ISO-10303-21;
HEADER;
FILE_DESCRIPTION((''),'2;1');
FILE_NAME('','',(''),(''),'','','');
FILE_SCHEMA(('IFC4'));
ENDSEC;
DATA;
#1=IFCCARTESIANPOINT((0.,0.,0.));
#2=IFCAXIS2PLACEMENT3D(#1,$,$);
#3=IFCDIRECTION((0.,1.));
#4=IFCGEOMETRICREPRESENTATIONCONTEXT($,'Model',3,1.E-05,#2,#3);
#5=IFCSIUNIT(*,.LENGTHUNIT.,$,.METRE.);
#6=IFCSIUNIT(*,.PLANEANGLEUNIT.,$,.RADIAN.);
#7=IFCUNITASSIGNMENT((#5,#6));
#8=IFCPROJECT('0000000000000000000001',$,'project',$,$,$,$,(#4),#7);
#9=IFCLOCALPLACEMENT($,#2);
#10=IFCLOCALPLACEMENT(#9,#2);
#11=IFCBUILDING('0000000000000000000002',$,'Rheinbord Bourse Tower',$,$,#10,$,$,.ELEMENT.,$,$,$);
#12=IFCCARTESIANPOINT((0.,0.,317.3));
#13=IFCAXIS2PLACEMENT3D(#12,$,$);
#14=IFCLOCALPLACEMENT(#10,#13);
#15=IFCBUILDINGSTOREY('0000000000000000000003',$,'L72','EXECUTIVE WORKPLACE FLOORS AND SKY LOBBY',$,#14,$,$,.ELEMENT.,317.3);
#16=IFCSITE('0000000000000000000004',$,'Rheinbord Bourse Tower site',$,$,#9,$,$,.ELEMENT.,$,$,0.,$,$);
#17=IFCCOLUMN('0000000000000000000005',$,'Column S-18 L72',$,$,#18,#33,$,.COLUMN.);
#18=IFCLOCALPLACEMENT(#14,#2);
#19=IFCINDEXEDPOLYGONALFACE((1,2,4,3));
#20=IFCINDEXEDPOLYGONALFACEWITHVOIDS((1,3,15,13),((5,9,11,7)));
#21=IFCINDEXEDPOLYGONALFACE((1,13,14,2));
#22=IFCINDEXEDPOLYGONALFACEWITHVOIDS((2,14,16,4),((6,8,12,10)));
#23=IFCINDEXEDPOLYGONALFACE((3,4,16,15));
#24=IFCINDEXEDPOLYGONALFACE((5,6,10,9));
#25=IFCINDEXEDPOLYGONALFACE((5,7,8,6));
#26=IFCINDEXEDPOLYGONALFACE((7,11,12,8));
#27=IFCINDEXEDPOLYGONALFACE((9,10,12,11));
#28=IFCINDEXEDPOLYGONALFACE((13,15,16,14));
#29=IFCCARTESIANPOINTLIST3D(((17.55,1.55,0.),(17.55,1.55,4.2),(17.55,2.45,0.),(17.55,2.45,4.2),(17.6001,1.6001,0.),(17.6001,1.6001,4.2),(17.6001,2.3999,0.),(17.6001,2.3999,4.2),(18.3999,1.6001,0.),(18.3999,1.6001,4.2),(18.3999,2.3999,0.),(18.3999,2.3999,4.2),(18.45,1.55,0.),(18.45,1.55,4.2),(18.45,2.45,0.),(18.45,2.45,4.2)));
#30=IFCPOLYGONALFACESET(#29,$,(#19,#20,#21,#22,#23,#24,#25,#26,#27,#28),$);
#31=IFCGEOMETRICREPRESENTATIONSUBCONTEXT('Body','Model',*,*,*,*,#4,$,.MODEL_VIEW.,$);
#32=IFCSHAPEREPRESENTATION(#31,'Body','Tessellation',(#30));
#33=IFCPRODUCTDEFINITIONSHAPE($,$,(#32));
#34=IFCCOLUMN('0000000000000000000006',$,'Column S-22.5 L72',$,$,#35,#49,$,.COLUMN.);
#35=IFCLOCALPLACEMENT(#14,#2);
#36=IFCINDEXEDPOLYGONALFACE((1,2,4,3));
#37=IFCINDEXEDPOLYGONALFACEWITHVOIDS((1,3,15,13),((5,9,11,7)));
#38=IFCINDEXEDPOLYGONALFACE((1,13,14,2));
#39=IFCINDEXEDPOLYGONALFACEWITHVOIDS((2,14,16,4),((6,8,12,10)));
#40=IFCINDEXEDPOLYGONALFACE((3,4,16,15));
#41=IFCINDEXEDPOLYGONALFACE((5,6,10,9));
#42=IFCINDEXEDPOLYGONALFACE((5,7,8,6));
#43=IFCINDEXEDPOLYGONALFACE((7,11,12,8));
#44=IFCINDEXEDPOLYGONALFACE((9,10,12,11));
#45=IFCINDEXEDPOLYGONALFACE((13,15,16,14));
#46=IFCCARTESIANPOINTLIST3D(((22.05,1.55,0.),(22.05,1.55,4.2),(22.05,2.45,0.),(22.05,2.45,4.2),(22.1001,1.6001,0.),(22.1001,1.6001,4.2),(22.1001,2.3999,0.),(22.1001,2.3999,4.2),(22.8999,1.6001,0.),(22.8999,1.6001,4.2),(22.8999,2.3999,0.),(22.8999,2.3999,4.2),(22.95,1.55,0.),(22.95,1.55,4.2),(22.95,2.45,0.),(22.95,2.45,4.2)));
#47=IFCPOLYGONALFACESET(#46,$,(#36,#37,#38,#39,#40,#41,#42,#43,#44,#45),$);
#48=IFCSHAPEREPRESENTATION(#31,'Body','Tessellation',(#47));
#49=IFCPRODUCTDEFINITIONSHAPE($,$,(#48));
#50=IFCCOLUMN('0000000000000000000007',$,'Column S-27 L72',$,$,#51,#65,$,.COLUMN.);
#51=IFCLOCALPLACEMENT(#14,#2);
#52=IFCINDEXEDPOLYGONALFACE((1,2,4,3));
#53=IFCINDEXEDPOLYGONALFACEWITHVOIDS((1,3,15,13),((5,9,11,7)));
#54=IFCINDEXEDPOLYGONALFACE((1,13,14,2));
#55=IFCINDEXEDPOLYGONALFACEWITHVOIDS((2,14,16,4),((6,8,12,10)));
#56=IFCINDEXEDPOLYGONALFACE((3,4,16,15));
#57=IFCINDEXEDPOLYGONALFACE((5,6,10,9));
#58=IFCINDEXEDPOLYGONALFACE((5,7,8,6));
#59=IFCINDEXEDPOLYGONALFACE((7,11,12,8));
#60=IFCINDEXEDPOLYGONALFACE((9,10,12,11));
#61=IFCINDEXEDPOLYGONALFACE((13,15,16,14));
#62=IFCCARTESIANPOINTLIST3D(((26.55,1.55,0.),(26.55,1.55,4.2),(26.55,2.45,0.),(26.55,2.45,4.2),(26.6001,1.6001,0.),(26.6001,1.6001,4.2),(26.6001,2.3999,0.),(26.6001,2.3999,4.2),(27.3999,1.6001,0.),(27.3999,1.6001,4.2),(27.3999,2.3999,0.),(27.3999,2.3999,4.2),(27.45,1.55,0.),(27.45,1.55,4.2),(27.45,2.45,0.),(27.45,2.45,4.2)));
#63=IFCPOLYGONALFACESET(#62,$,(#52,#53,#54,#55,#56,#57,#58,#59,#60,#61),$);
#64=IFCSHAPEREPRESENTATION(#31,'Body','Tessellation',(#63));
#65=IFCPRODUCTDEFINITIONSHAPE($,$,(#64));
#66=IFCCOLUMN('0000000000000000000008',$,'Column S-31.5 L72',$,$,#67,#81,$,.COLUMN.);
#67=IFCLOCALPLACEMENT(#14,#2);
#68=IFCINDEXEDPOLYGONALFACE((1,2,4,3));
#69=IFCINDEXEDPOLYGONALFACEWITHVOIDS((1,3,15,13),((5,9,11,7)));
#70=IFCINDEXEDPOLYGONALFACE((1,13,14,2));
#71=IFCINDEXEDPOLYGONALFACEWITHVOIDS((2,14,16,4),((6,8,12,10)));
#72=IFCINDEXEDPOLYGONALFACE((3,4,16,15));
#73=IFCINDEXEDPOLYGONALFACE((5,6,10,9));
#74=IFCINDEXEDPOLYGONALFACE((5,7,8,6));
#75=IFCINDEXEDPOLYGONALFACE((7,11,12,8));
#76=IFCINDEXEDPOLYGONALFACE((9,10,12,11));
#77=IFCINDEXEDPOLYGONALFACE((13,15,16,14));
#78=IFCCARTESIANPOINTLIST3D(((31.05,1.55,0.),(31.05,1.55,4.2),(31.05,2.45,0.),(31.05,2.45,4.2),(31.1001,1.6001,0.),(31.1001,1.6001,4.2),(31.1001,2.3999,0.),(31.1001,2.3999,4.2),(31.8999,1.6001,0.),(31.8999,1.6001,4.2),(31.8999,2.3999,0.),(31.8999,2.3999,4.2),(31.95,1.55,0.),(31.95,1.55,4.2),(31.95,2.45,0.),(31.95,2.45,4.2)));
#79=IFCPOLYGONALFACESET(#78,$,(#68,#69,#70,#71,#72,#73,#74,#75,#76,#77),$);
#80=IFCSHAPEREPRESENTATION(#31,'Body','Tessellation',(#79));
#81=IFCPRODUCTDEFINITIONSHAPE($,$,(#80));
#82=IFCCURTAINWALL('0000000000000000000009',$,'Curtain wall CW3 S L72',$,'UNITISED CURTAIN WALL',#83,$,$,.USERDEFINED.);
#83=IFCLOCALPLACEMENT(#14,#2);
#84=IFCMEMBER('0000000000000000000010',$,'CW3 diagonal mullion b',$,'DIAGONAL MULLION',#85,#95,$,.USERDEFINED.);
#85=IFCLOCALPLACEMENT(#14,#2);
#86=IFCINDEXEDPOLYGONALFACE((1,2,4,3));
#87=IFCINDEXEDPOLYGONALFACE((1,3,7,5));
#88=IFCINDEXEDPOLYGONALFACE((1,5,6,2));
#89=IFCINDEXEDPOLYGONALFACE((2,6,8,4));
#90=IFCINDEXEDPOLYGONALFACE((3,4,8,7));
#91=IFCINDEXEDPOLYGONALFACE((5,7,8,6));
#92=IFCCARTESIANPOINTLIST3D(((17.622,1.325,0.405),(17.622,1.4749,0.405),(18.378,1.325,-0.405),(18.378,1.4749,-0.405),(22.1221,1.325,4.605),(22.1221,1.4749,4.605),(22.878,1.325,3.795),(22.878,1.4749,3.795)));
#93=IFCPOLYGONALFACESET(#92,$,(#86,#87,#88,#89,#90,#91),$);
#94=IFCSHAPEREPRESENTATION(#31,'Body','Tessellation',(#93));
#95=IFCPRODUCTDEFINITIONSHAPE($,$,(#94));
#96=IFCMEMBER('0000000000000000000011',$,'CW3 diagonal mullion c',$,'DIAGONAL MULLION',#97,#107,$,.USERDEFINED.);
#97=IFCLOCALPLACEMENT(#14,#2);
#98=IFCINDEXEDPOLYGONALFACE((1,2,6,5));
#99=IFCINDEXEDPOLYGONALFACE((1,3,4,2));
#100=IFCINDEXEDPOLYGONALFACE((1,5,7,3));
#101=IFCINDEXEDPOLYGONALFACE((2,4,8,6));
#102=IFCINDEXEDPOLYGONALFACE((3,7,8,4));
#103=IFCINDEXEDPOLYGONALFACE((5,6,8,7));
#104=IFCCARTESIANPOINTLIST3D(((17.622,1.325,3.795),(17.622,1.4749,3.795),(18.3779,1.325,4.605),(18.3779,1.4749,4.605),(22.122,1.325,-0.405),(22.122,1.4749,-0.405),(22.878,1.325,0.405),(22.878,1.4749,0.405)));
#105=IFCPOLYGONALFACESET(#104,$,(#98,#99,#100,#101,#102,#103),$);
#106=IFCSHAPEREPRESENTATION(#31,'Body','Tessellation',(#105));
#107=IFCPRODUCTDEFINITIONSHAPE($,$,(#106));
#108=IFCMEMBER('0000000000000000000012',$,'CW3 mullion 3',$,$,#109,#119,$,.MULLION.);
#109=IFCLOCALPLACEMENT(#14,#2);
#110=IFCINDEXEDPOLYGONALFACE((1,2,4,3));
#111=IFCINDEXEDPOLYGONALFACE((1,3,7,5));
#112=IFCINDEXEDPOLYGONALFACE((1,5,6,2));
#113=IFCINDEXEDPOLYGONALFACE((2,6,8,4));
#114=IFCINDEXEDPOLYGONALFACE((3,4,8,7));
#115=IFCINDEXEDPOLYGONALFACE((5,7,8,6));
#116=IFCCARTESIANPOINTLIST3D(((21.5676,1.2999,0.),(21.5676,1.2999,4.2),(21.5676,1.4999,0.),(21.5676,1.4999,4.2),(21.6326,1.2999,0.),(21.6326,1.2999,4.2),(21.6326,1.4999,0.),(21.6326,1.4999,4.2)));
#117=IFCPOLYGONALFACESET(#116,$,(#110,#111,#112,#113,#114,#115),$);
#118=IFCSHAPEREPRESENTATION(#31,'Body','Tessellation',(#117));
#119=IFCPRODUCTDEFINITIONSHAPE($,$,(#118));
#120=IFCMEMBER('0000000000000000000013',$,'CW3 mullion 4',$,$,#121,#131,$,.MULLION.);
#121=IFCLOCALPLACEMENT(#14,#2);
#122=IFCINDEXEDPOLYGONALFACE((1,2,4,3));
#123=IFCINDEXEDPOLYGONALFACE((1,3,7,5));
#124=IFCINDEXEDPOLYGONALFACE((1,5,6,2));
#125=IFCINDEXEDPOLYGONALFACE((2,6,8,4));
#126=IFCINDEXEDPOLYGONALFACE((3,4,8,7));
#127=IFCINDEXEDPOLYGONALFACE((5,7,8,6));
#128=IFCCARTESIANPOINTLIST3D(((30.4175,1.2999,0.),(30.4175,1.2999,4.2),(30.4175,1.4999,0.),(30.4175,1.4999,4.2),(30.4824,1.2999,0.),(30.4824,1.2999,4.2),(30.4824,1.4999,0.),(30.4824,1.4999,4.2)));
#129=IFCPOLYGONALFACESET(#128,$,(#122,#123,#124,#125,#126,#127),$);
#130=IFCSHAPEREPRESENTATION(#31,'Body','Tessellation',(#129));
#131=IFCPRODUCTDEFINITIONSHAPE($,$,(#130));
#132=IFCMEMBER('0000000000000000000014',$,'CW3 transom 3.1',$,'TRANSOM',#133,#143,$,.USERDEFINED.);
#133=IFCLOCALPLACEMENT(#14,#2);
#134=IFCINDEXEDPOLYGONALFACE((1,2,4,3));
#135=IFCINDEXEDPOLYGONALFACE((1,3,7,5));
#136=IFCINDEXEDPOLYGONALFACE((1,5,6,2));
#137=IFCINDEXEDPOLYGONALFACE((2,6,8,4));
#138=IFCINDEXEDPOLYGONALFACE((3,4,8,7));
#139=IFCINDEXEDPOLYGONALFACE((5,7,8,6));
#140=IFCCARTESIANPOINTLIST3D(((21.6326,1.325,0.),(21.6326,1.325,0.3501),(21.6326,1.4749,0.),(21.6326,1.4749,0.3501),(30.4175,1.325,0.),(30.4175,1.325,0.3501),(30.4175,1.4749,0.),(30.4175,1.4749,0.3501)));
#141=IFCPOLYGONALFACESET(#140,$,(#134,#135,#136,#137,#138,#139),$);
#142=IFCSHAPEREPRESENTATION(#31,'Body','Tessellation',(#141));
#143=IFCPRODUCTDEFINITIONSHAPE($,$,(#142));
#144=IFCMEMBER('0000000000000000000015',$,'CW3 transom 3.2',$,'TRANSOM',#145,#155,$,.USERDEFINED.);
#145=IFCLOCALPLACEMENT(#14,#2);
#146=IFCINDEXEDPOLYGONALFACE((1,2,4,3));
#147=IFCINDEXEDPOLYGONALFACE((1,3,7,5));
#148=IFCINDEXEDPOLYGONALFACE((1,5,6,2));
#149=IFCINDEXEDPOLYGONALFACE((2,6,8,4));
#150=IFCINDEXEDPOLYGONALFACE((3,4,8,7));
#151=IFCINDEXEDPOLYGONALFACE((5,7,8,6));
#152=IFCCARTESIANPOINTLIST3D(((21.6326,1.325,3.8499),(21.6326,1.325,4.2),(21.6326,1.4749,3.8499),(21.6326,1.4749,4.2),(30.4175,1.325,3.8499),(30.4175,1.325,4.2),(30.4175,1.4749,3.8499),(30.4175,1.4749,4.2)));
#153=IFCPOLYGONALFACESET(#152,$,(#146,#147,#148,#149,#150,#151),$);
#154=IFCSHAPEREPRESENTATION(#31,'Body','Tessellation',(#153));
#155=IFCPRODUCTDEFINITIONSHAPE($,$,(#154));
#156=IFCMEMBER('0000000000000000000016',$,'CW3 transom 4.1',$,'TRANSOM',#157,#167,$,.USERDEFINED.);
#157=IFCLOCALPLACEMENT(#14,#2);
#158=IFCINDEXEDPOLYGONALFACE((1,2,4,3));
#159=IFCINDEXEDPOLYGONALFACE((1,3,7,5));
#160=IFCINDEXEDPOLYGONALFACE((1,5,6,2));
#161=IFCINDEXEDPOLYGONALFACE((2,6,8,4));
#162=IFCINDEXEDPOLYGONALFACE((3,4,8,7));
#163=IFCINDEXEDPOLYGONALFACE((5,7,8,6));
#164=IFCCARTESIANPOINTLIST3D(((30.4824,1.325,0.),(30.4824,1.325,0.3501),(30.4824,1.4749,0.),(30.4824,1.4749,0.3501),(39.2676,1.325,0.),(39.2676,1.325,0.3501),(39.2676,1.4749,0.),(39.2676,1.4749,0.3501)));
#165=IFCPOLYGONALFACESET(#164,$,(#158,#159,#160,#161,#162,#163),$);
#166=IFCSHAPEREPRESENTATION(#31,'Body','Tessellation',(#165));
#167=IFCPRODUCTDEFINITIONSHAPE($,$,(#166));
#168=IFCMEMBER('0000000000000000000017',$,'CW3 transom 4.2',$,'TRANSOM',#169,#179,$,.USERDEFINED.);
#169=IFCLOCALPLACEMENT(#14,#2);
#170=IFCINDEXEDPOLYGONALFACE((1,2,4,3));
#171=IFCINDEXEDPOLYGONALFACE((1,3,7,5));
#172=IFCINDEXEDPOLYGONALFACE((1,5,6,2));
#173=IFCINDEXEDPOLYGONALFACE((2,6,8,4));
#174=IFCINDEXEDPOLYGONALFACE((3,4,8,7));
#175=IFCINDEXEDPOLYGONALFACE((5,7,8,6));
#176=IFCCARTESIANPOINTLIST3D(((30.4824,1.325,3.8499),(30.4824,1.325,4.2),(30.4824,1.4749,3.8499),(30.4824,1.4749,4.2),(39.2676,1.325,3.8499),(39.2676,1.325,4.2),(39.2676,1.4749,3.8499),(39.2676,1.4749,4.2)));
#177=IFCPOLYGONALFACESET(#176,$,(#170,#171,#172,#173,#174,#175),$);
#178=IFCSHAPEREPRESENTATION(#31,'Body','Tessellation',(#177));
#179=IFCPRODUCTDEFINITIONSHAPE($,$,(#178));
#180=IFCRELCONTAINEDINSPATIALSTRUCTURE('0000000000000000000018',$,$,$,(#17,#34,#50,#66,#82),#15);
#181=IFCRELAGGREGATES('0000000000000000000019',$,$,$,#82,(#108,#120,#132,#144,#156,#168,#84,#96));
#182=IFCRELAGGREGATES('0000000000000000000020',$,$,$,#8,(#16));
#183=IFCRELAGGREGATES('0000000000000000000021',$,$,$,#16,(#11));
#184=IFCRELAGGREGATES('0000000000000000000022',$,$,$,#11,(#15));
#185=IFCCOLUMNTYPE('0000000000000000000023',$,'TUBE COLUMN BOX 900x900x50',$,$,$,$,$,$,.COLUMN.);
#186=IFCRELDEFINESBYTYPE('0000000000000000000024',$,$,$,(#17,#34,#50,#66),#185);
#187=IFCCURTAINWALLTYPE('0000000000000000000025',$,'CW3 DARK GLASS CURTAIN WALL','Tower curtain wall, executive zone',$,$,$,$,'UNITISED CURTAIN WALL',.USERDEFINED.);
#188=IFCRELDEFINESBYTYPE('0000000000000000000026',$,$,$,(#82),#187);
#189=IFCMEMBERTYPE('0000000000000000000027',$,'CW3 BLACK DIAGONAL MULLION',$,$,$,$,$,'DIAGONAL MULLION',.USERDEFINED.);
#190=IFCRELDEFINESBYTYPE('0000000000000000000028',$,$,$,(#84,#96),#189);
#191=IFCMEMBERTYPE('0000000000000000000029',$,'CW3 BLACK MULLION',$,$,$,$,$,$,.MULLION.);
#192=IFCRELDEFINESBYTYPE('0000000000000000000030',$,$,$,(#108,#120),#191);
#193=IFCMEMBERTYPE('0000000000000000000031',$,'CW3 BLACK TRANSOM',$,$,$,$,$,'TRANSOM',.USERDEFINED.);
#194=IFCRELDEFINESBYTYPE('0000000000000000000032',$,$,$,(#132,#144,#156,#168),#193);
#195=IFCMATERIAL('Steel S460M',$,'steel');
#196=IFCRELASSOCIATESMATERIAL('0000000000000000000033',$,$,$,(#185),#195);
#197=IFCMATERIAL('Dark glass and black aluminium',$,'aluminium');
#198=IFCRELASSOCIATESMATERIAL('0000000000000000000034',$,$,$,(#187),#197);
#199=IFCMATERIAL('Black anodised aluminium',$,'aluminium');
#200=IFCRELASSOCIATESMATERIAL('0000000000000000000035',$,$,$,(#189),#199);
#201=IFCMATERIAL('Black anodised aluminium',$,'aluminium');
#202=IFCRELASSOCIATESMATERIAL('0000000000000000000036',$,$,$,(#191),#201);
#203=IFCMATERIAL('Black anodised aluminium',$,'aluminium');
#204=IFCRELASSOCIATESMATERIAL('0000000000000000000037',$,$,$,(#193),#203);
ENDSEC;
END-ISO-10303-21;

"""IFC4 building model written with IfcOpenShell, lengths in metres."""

from ifc_helpers import new_model, si_unit, direction, frame, origin, origin_2d, place, context, subcontext, project, spatial, rectangle, hollow_rectangle, extrude, material, material_profile, profile_set, type_object, element, aggregate, save


model = new_model("IFC4")

# Units and contexts
model_context = context("Model", 3, precision=1e-05, world=origin(), true_north=direction((0.0, 1.0)))
body_context = subcontext(model_context, "Body", "Model", "MODEL_VIEW")
ifc_project = project(units=[si_unit("LENGTHUNIT", "METRE"), si_unit("PLANEANGLEUNIT", "RADIAN")], contexts=[model_context])

# Site, building, storey
site_placement = place(None, origin())
site = spatial("IfcSite", under=ifc_project, at=site_placement, Name="Rheinbord Bourse Tower site", CompositionType="ELEMENT", RefElevation=0.0)
building_placement = place(site_placement, origin())
building = spatial("IfcBuilding", under=site, at=building_placement, Name="Rheinbord Bourse Tower", CompositionType="ELEMENT")
storey_placement = place(building_placement, frame((0.0, 0.0, 317.3)))
storey = spatial("IfcBuildingStorey", under=building, at=storey_placement, Name="L72", Description="EXECUTIVE WORKPLACE FLOORS AND SKY LOBBY", CompositionType="ELEMENT", Elevation=317.3)

# Columns
ifc_material_1 = material(Name="Steel S460M", Category="steel")
ifc_material_profile_1 = material_profile(ifc_material_1, hollow_rectangle(XDim=0.8999, YDim=0.8999, WallThickness=0.05, at=origin_2d()), Name="BOX 900x900x50")
ifc_profile_set_1 = profile_set([ifc_material_profile_1], Name="Steel S460M")
column_type = type_object("IfcColumnType", Name="TUBE COLUMN BOX 900x900x50", PredefinedType="COLUMN", material=ifc_profile_set_1)
for number, where, z_axis, x_axis, name in (
    (1, (18.0, 2.0, 0.0), (0.0, 0.0, 1.0), (0.0, 1.0, 0.0), "Column S-18 L72"),
    (2, (22.5, 2.0, 0.0), (0.0, 0.0, 1.0), (0.0, 1.0, 0.0), "Column S-22.5 L72"),
    (3, (27.0, 2.0, 0.0), (0.0, 0.0, 1.0), (0.0, 1.0, 0.0), "Column S-27 L72"),
    (4, (31.5, 2.0, 0.0), (0.0, 0.0, 1.0), (0.0, 1.0, 0.0), "Column S-31.5 L72"),
):
    element("IfcColumn", number, at=place(storey_placement, frame(where, z_axis=z_axis, x_axis=x_axis)), inside=storey, type_object=column_type, Name=name, PredefinedType="COLUMN", context=body_context, shape_type="SweptSolid", body=[
        extrude(hollow_rectangle(XDim=0.8999, YDim=0.8999, WallThickness=0.05, at=origin_2d()), origin(), (0.0, 0.0, 1.0), 4.2),
    ])

# Curtain wall, members
ifc_material_2 = material(Name="Dark glass and black aluminium", Category="aluminium")
curtain_wall_type = type_object("IfcCurtainWallType", Name="CW3 DARK GLASS CURTAIN WALL", Description="Tower curtain wall, executive zone", ElementType="UNITISED CURTAIN WALL", PredefinedType="USERDEFINED", material=ifc_material_2)
curtain_wall_placement = place(storey_placement, origin())
curtain_wall = element("IfcCurtainWall", 5, at=curtain_wall_placement, inside=storey, type_object=curtain_wall_type, Name="Curtain wall CW3 S L72", ObjectType="UNITISED CURTAIN WALL", PredefinedType="USERDEFINED")
ifc_material_3 = material(Name="Black anodised aluminium", Category="aluminium")
ifc_material_profile_2 = material_profile(ifc_material_3, rectangle(XDim=0.1499, YDim=1.1079, at=origin_2d()), Name="CW3 DIAGONAL MULLION 1108x150")
ifc_profile_set_2 = profile_set([ifc_material_profile_2], Name="Black anodised aluminium")
member_type_1 = type_object("IfcMemberType", Name="CW3 BLACK DIAGONAL MULLION", ElementType="DIAGONAL MULLION", PredefinedType="USERDEFINED", material=ifc_profile_set_2)
member_1_placement = place(storey_placement, frame((18.0, 1.3999, 0.0), z_axis=(0.731059, 0.0, 0.682314), x_axis=(0.0, 1.0, 0.0)))
member_1 = element("IfcMember", 6, at=member_1_placement, type_object=member_type_1, Name="CW3 diagonal mullion b", ObjectType="DIAGONAL MULLION", PredefinedType="USERDEFINED", context=body_context, shape_type="SweptSolid", body=[
    extrude(rectangle(XDim=0.1499, YDim=1.1079, at=origin_2d()), origin(), (0.0, 0.0, 1.0), 6.1555),
])
member_2_placement = place(storey_placement, frame((22.5, 1.3999, 0.0), z_axis=(-0.731059, 0.0, 0.682314), x_axis=(0.0, -1.0, 0.0)))
member_2 = element("IfcMember", 7, at=member_2_placement, type_object=member_type_1, Name="CW3 diagonal mullion c", ObjectType="DIAGONAL MULLION", PredefinedType="USERDEFINED", context=body_context, shape_type="SweptSolid", body=[
    extrude(rectangle(XDim=0.1499, YDim=1.1079, at=origin_2d()), origin(), (0.0, 0.0, 1.0), 6.1555),
])
ifc_material_4 = material(Name="Black anodised aluminium", Category="aluminium")
ifc_material_profile_3 = material_profile(ifc_material_4, rectangle(XDim=0.2, YDim=0.0649, at=origin_2d()), Name="CW3 MULLION 65x200")
ifc_profile_set_3 = profile_set([ifc_material_profile_3], Name="Black anodised aluminium")
member_type_2 = type_object("IfcMemberType", Name="CW3 BLACK MULLION", PredefinedType="MULLION", material=ifc_profile_set_3)
member_3_placement = place(storey_placement, frame((21.6001, 1.3999, 0.0), z_axis=(0.0, 0.0, 1.0), x_axis=(0.0, 1.0, 0.0)))
member_3 = element("IfcMember", 8, at=member_3_placement, type_object=member_type_2, Name="CW3 mullion 3", PredefinedType="MULLION", context=body_context, shape_type="SweptSolid", body=[
    extrude(rectangle(XDim=0.2, YDim=0.0649, at=origin_2d()), origin(), (0.0, 0.0, 1.0), 4.2),
])
member_4_placement = place(storey_placement, frame((30.45, 1.3999, 0.0), z_axis=(0.0, 0.0, 1.0), x_axis=(0.0, 1.0, 0.0)))
member_4 = element("IfcMember", 9, at=member_4_placement, type_object=member_type_2, Name="CW3 mullion 4", PredefinedType="MULLION", context=body_context, shape_type="SweptSolid", body=[
    extrude(rectangle(XDim=0.2, YDim=0.0649, at=origin_2d()), origin(), (0.0, 0.0, 1.0), 4.2),
])
ifc_material_5 = material(Name="Black anodised aluminium", Category="aluminium")
ifc_material_profile_4 = material_profile(ifc_material_5, rectangle(XDim=0.1499, YDim=0.3501, at=origin_2d()), Name="CW3 TRANSOM 350x150")
ifc_profile_set_4 = profile_set([ifc_material_profile_4], Name="Black anodised aluminium")
member_type_3 = type_object("IfcMemberType", Name="CW3 BLACK TRANSOM", ElementType="TRANSOM", PredefinedType="USERDEFINED", material=ifc_profile_set_4)
member_5_placement = place(storey_placement, frame((21.6326, 1.3999, 0.175), z_axis=(1.0, 0.0, 0.0), x_axis=(0.0, 1.0, 0.0)))
member_5 = element("IfcMember", 10, at=member_5_placement, type_object=member_type_3, Name="CW3 transom 3.1", ObjectType="TRANSOM", PredefinedType="USERDEFINED", context=body_context, shape_type="SweptSolid", body=[
    extrude(rectangle(XDim=0.1499, YDim=0.3501, at=origin_2d()), origin(), (0.0, 0.0, 1.0), 8.7849),
])
member_6_placement = place(storey_placement, frame((21.6326, 1.3999, 4.0249), z_axis=(1.0, 0.0, 0.0), x_axis=(0.0, 1.0, 0.0)))
member_6 = element("IfcMember", 11, at=member_6_placement, type_object=member_type_3, Name="CW3 transom 3.2", ObjectType="TRANSOM", PredefinedType="USERDEFINED", context=body_context, shape_type="SweptSolid", body=[
    extrude(rectangle(XDim=0.1499, YDim=0.3501, at=origin_2d()), origin(), (0.0, 0.0, 1.0), 8.7849),
])
member_7_placement = place(storey_placement, frame((30.4824, 1.3999, 0.175), z_axis=(1.0, 0.0, 0.0), x_axis=(0.0, 1.0, 0.0)))
member_7 = element("IfcMember", 12, at=member_7_placement, type_object=member_type_3, Name="CW3 transom 4.1", ObjectType="TRANSOM", PredefinedType="USERDEFINED", context=body_context, shape_type="SweptSolid", body=[
    extrude(rectangle(XDim=0.1499, YDim=0.3501, at=origin_2d()), origin(), (0.0, 0.0, 1.0), 8.7852),
])
member_8_placement = place(storey_placement, frame((30.4824, 1.3999, 4.0249), z_axis=(1.0, 0.0, 0.0), x_axis=(0.0, 1.0, 0.0)))
member_8 = element("IfcMember", 13, at=member_8_placement, type_object=member_type_3, Name="CW3 transom 4.2", ObjectType="TRANSOM", PredefinedType="USERDEFINED", context=body_context, shape_type="SweptSolid", body=[
    extrude(rectangle(XDim=0.1499, YDim=0.3501, at=origin_2d()), origin(), (0.0, 0.0, 1.0), 8.7852),
])

aggregate(curtain_wall, [member_3, member_4, member_5, member_6, member_7, member_8, member_1, member_2])

save(model, "model.ifc")
